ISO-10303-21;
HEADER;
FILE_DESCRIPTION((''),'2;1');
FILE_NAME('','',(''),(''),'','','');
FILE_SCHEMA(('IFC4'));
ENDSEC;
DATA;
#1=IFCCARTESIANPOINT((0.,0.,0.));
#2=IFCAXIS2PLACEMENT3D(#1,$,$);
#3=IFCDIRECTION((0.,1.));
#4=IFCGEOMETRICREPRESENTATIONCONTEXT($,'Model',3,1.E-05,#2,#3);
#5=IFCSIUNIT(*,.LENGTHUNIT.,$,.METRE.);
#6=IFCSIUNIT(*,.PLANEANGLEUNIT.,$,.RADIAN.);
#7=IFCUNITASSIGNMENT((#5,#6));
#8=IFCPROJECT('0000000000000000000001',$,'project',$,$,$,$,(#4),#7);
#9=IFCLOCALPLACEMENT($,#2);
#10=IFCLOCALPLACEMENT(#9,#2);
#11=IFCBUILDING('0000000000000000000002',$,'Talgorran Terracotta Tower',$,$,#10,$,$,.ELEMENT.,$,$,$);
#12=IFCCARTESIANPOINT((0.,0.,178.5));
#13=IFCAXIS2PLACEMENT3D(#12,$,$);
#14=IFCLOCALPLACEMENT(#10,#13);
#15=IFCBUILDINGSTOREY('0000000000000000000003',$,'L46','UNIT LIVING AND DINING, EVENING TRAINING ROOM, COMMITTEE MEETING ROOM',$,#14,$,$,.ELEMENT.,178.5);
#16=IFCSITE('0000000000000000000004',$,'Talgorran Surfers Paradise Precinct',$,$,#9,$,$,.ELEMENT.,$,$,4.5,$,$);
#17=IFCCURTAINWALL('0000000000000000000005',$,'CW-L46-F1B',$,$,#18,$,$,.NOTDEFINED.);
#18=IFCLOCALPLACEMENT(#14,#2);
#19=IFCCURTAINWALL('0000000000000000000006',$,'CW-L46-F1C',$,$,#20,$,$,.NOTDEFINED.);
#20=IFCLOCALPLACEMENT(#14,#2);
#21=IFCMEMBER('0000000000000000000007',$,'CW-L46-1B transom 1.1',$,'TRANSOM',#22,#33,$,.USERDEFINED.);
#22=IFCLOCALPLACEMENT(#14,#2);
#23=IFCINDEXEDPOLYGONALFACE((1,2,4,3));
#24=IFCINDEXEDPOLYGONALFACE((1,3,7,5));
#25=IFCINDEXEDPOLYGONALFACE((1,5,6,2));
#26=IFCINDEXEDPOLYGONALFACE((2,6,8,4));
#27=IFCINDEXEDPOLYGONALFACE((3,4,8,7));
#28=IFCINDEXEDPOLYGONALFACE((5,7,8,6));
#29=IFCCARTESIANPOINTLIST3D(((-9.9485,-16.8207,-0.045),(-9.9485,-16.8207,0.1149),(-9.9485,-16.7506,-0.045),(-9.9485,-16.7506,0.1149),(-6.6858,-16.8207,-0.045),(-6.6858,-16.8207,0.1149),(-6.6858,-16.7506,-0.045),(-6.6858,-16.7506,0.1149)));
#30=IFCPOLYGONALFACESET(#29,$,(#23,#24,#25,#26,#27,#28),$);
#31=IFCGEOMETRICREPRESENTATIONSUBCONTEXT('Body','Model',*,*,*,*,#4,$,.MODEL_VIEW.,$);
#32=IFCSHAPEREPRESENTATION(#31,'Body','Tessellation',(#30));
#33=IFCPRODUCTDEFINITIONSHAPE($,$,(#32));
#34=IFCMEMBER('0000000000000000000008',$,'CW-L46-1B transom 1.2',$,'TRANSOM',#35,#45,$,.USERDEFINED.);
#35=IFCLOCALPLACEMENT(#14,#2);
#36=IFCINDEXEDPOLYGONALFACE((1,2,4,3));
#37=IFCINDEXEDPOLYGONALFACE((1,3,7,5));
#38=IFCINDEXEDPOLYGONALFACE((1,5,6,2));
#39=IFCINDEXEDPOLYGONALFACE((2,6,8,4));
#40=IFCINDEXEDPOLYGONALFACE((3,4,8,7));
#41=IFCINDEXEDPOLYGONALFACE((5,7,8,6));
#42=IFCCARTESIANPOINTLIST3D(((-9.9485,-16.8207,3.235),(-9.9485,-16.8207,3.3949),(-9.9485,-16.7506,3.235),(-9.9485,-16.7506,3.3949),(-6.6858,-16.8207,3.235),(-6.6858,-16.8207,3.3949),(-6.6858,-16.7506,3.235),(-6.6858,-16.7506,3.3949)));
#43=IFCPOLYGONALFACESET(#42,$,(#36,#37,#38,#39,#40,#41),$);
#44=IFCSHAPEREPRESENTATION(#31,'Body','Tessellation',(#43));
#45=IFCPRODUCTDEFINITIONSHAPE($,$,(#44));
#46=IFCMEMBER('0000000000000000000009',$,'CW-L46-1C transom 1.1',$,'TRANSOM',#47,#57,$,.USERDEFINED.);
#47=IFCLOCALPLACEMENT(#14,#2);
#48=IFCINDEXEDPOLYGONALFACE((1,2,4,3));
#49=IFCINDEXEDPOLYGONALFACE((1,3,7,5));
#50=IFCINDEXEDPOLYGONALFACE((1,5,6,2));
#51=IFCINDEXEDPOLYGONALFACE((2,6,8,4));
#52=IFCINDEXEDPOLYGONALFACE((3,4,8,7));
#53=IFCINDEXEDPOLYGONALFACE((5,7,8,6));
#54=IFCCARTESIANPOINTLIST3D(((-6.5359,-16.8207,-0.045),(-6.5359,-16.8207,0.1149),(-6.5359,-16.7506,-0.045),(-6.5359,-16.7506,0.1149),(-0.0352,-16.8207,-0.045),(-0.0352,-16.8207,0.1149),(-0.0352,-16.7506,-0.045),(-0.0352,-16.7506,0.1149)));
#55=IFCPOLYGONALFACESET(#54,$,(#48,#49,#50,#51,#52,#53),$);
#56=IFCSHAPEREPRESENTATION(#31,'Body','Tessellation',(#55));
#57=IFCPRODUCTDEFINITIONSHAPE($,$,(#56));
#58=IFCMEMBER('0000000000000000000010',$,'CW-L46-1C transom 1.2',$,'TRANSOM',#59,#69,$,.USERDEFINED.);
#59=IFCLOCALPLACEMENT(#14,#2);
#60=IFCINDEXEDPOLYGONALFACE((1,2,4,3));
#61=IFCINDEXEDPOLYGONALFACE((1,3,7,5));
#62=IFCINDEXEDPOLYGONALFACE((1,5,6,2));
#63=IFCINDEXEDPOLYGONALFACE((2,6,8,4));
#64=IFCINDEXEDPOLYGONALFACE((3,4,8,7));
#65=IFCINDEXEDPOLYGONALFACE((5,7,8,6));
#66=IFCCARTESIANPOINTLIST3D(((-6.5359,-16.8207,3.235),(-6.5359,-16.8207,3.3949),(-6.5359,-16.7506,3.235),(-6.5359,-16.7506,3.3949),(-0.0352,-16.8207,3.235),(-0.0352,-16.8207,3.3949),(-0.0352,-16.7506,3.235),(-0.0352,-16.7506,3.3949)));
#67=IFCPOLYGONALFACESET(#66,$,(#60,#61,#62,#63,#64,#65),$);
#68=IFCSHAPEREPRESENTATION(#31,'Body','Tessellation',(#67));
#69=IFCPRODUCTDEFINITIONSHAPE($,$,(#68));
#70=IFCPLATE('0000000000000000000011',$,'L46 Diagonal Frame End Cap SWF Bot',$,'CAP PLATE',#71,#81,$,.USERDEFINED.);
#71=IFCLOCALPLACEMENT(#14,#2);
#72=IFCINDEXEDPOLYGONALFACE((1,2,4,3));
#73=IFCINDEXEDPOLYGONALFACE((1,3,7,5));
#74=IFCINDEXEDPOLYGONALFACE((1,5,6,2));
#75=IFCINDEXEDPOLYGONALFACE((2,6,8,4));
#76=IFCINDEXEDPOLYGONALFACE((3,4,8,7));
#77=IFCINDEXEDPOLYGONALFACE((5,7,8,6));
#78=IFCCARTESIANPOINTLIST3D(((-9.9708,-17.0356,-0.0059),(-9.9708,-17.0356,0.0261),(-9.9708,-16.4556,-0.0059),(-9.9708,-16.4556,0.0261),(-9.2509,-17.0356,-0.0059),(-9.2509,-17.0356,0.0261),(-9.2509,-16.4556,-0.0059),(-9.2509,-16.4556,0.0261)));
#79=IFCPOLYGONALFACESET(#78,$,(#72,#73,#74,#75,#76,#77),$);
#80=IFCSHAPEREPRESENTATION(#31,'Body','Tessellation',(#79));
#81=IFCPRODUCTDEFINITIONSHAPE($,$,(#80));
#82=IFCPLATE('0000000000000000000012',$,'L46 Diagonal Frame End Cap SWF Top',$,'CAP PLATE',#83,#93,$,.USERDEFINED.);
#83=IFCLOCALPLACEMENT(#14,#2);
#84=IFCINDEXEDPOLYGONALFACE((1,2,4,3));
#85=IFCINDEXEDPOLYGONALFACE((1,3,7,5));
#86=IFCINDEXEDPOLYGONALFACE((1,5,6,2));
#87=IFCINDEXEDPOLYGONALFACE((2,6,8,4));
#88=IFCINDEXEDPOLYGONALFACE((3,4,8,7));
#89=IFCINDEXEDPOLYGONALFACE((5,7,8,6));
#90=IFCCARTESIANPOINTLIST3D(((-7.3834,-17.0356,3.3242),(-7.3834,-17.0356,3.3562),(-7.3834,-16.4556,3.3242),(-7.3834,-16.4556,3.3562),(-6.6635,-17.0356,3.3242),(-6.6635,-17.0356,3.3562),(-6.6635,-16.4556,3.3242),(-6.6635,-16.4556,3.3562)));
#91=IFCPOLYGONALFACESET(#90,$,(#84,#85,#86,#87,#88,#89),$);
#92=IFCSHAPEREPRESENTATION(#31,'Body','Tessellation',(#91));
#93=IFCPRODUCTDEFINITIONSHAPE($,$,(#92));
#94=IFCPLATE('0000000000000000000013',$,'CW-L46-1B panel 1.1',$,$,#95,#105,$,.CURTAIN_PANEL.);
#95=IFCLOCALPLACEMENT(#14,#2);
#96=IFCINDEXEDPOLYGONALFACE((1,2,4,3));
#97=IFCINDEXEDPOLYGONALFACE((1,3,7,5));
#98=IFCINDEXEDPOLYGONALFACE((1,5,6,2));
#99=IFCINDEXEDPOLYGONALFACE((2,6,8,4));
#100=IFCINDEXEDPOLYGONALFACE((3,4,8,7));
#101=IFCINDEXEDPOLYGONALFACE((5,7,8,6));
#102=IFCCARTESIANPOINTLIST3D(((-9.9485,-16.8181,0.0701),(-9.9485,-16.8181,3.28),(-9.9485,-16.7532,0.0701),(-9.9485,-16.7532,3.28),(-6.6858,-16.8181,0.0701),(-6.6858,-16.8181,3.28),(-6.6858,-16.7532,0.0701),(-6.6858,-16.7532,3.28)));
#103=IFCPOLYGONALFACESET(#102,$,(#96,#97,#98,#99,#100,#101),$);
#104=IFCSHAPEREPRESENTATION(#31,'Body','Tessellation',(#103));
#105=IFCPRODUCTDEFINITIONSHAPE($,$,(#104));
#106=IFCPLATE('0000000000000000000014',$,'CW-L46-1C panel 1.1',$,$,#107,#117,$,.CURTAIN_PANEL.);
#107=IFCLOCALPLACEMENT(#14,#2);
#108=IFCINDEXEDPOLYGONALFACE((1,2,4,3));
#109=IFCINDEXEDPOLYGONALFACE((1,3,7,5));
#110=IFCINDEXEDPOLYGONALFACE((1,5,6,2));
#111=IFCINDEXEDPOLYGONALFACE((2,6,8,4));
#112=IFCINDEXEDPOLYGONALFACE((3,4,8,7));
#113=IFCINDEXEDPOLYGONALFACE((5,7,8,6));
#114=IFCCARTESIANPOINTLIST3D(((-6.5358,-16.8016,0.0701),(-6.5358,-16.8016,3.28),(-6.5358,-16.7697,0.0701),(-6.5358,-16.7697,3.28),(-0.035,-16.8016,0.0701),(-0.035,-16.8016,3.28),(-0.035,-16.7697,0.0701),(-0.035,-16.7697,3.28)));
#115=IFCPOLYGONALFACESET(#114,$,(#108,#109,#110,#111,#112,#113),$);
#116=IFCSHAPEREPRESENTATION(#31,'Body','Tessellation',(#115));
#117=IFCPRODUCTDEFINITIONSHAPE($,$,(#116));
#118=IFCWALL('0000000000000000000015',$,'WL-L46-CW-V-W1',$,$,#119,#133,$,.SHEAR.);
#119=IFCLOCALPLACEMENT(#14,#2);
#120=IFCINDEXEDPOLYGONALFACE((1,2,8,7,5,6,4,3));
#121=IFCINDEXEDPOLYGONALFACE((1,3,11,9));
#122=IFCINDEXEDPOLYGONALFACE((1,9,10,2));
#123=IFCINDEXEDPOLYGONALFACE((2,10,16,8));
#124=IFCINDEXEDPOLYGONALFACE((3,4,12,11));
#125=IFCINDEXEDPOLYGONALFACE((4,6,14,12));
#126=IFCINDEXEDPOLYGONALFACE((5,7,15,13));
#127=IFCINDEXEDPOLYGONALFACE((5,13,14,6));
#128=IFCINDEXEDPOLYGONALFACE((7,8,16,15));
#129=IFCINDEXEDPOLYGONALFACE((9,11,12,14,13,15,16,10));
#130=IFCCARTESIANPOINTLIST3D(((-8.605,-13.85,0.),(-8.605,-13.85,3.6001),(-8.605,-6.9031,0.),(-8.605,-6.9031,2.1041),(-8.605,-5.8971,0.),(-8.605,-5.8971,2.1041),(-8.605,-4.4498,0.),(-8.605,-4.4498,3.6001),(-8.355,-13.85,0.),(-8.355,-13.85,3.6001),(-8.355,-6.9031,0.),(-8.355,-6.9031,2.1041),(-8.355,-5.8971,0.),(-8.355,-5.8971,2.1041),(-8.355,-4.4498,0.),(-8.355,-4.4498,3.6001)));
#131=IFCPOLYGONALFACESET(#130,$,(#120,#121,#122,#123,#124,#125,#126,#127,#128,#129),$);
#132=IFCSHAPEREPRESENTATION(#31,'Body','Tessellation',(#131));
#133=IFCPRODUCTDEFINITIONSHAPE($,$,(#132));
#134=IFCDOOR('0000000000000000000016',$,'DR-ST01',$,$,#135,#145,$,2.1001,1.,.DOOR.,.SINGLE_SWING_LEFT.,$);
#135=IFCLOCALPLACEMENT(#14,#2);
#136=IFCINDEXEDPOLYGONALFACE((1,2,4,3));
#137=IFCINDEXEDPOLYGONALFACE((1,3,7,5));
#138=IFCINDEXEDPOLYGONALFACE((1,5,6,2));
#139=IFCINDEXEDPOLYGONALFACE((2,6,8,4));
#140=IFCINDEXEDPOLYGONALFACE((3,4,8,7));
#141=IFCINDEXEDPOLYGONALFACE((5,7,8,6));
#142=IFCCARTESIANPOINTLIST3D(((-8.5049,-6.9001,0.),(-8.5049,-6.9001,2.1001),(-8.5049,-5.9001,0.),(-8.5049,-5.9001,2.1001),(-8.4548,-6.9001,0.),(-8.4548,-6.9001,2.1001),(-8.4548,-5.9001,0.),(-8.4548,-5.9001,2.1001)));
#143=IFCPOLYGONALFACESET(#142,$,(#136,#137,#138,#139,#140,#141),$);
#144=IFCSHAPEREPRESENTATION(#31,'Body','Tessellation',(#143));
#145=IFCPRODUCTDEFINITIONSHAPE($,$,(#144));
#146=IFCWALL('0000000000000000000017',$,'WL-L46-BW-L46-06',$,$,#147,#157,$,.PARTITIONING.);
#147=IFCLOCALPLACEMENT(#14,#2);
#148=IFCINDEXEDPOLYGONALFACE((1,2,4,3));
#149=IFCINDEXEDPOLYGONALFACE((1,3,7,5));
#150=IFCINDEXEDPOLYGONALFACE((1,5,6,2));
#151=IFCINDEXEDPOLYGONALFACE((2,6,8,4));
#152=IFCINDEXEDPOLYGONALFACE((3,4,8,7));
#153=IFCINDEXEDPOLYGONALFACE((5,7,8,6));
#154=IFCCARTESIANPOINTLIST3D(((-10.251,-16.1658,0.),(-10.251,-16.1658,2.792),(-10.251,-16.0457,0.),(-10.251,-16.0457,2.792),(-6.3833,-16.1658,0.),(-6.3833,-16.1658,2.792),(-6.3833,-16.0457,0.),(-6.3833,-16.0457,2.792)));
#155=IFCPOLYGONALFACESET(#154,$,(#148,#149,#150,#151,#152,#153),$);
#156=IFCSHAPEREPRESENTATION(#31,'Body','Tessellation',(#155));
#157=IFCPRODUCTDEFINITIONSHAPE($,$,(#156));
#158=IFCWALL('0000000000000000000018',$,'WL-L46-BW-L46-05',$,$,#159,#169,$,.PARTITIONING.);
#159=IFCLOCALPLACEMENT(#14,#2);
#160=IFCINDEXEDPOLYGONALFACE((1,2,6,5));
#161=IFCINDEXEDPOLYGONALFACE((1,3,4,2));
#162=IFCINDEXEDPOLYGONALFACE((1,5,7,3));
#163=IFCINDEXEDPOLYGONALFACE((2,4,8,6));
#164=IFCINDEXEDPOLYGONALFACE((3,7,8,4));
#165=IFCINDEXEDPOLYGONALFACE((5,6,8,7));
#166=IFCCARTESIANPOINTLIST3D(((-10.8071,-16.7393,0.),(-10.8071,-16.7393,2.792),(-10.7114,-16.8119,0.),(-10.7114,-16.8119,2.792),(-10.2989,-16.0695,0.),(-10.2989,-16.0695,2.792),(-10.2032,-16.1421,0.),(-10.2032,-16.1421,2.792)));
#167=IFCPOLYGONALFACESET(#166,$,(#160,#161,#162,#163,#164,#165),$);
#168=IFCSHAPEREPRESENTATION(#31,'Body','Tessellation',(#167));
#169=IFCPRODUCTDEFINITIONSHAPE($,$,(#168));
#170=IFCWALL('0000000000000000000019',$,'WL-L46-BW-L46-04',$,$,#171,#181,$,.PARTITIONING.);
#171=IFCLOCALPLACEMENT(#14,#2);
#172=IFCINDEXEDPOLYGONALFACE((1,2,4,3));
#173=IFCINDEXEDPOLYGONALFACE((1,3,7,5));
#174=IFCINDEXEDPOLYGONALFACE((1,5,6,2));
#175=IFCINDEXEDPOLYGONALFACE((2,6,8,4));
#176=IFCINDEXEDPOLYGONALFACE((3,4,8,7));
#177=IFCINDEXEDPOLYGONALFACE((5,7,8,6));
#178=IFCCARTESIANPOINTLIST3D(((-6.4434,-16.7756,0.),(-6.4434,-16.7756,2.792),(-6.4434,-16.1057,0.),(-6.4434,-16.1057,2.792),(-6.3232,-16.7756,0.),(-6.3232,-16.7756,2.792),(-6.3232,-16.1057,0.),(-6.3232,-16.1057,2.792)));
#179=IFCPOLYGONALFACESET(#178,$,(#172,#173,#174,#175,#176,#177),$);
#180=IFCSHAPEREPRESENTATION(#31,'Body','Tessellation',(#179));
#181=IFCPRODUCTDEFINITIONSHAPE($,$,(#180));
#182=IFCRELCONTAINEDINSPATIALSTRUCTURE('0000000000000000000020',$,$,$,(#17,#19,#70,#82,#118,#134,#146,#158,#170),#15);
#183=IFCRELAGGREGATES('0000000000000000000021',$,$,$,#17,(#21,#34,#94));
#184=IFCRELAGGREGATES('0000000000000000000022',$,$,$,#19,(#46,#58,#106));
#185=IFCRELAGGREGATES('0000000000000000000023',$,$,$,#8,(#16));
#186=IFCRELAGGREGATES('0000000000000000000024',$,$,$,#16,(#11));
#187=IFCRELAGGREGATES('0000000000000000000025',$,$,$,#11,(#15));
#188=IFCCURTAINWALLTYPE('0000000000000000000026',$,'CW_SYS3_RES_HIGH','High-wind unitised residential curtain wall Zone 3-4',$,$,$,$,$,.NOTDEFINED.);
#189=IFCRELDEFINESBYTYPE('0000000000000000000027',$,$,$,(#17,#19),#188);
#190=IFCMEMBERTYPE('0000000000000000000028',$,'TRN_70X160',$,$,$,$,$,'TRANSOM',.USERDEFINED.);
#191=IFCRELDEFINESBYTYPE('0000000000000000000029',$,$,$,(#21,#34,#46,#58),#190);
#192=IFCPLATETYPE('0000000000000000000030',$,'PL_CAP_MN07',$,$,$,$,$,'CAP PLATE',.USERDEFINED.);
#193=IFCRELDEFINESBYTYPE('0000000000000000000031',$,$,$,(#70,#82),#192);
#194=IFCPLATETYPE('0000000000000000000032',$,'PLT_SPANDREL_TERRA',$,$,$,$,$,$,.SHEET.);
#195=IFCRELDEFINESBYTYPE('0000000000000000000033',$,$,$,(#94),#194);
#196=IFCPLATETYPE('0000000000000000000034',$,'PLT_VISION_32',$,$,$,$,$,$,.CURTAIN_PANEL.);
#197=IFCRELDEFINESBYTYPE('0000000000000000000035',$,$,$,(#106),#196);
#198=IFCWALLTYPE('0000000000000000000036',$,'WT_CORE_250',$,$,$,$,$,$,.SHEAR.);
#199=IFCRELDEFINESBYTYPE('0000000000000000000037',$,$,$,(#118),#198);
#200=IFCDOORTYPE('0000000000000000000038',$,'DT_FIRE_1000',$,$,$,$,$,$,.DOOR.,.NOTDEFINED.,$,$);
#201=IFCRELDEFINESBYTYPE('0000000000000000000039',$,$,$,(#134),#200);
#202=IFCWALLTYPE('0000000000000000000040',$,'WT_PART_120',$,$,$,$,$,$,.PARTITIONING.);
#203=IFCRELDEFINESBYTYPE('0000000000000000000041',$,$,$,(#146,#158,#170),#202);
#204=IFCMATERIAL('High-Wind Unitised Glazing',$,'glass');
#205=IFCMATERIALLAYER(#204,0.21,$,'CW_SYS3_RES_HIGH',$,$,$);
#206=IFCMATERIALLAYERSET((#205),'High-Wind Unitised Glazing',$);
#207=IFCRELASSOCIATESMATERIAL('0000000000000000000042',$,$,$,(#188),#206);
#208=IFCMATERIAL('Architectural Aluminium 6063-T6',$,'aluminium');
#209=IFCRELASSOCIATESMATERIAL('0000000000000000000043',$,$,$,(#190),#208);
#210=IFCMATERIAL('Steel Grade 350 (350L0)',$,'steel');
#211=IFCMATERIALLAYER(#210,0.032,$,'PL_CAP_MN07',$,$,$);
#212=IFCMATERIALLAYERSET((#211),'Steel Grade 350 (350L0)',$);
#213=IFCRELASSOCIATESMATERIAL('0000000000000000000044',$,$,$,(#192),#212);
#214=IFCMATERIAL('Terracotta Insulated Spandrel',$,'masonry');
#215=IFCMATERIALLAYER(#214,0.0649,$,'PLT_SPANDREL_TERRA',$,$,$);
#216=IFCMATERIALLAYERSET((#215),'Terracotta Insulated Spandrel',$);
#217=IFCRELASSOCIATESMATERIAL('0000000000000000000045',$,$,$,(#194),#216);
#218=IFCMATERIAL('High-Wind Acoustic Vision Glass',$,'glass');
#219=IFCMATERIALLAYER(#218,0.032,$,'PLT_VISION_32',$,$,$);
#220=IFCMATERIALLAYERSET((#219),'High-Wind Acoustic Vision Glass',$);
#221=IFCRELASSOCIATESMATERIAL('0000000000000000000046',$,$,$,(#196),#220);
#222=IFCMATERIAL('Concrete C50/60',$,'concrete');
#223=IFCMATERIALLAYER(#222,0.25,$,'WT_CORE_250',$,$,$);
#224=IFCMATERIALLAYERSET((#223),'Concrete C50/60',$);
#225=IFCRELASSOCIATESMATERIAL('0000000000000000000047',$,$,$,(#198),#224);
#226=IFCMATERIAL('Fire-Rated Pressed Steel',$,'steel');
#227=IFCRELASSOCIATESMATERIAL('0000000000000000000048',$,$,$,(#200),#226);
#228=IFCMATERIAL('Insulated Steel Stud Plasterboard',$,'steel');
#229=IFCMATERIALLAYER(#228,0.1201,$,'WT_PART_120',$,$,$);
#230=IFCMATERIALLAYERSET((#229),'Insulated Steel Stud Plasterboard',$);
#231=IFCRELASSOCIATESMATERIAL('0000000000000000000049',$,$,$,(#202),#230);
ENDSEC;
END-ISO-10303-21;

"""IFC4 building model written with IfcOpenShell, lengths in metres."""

from ifc_helpers import new_model, si_unit, direction, frame, frame_2d, origin, origin_2d, place, context, subcontext, project, spatial, rectangle, extrude, source, transform, mapped, material, layer, layer_set, material_profile, profile_set, type_object, type_shapes, element, fill, aggregate, save


model = new_model("IFC4")

# Units and contexts
model_context = context("Model", 3, precision=1e-05, world=origin(), true_north=direction((0.0, 1.0)))
body_context = subcontext(model_context, "Body", "Model", "MODEL_VIEW")
ifc_project = project(units=[si_unit("LENGTHUNIT", "METRE"), si_unit("PLANEANGLEUNIT", "RADIAN")], contexts=[model_context])

# Site, building, storey
site_placement = place(None, origin())
site = spatial("IfcSite", under=ifc_project, at=site_placement, Name="Talgorran Surfers Paradise Precinct", CompositionType="ELEMENT", RefElevation=4.5)
building_placement = place(site_placement, origin())
building = spatial("IfcBuilding", under=site, at=building_placement, Name="Talgorran Terracotta Tower", CompositionType="ELEMENT")
storey_placement = place(building_placement, frame((0.0, 0.0, 178.5)))
storey = spatial("IfcBuildingStorey", under=building, at=storey_placement, Name="L46", Description="UNIT LIVING AND DINING, EVENING TRAINING ROOM, COMMITTEE MEETING ROOM", CompositionType="ELEMENT", Elevation=178.5)

# Shared definitions
ifc_material_1 = material(Name="Steel Grade 350 (350L0)", Category="steel")

# Shared definitions
ifc_material_2 = material(Name="High-Wind Unitised Glazing", Category="glass")
ifc_layer_1 = layer(ifc_material_2, 0.21, Name="CW_SYS3_RES_HIGH")
ifc_layer_set_1 = layer_set([ifc_layer_1], Name="High-Wind Unitised Glazing")
curtain_wall_type = type_object("IfcCurtainWallType", Name="CW_SYS3_RES_HIGH", Description="High-wind unitised residential curtain wall Zone 3-4", PredefinedType="NOTDEFINED", material=ifc_layer_set_1)
ifc_material_3 = material(Name="Architectural Aluminium 6063-T6", Category="aluminium")

# Curtain wall
curtain_wall_1_placement = place(storey_placement, origin())
curtain_wall_1 = element("IfcCurtainWall", 1, at=curtain_wall_1_placement, inside=storey, type_object=curtain_wall_type, Name="CW-L46-F1B", PredefinedType="NOTDEFINED")

# Curtain wall
curtain_wall_2_placement = place(storey_placement, origin())
curtain_wall_2 = element("IfcCurtainWall", 2, at=curtain_wall_2_placement, inside=storey, type_object=curtain_wall_type, Name="CW-L46-F1C", PredefinedType="NOTDEFINED")

# Members
ifc_material_profile_1 = material_profile(ifc_material_3, rectangle(XDim=0.0701, YDim=0.1599, at=origin_2d()), Name="CWT70X160")
ifc_profile_set_1 = profile_set([ifc_material_profile_1], Name="Architectural Aluminium 6063-T6")
member_type_1 = type_object("IfcMemberType", Name="TRN_70X160", ElementType="TRANSOM", PredefinedType="USERDEFINED", material=ifc_profile_set_1)
member_1_placement = place(storey_placement, frame((-9.9485, -16.7856, 0.0349), z_axis=(1.0, 0.0, 0.0), x_axis=(0.0, 1.0, 0.0)))
member_1 = element("IfcMember", 3, at=member_1_placement, type_object=member_type_1, Name="CW-L46-1B transom 1.1", ObjectType="TRANSOM", PredefinedType="USERDEFINED", context=body_context, shape_type="SweptSolid", body=[
    extrude(rectangle(XDim=0.0701, YDim=0.1599, at=origin_2d()), origin(), (0.0, 0.0, 1.0), 3.2627),
])
member_2_placement = place(storey_placement, frame((-9.9485, -16.7856, 3.3149), z_axis=(1.0, 0.0, 0.0), x_axis=(0.0, 1.0, 0.0)))
member_2 = element("IfcMember", 4, at=member_2_placement, type_object=member_type_1, Name="CW-L46-1B transom 1.2", ObjectType="TRANSOM", PredefinedType="USERDEFINED", context=body_context, shape_type="SweptSolid", body=[
    extrude(rectangle(XDim=0.0701, YDim=0.1599, at=origin_2d()), origin(), (0.0, 0.0, 1.0), 3.2627),
])
member_3_placement = place(storey_placement, frame((-6.5359, -16.7856, 0.0349), z_axis=(1.0, 0.0, 0.0), x_axis=(0.0, 1.0, 0.0)))
member_3 = element("IfcMember", 5, at=member_3_placement, type_object=member_type_1, Name="CW-L46-1C transom 1.1", ObjectType="TRANSOM", PredefinedType="USERDEFINED", context=body_context, shape_type="SweptSolid", body=[
    extrude(rectangle(XDim=0.0701, YDim=0.1599, at=origin_2d()), origin(), (0.0, 0.0, 1.0), 6.5007),
])
member_4_placement = place(storey_placement, frame((-6.5359, -16.7856, 3.3149), z_axis=(1.0, 0.0, 0.0), x_axis=(0.0, 1.0, 0.0)))
member_4 = element("IfcMember", 6, at=member_4_placement, type_object=member_type_1, Name="CW-L46-1C transom 1.2", ObjectType="TRANSOM", PredefinedType="USERDEFINED", context=body_context, shape_type="SweptSolid", body=[
    extrude(rectangle(XDim=0.0701, YDim=0.1599, at=origin_2d()), origin(), (0.0, 0.0, 1.0), 6.5007),
])

# Plates
ifc_layer_2 = layer(ifc_material_1, 0.032, Name="PL_CAP_MN07")
ifc_layer_set_2 = layer_set([ifc_layer_2], Name="Steel Grade 350 (350L0)")
plate_type_1 = type_object("IfcPlateType", Name="PL_CAP_MN07", ElementType="CAP PLATE", PredefinedType="USERDEFINED", material=ifc_layer_set_2)
for number, where, z_axis, x_axis, name in (
    (7, (-9.6108, -16.7456, -0.0059), (0.0, 0.0, 1.0), (1.0, 0.0, 0.0), "L46 Diagonal Frame End Cap SWF Bot"),
    (8, (-7.0234, -16.7456, 3.3242), (0.0, 0.0, 1.0), (1.0, 0.0, 0.0), "L46 Diagonal Frame End Cap SWF Top"),
):
    element("IfcPlate", number, at=place(storey_placement, frame(where, z_axis=z_axis, x_axis=x_axis)), inside=storey, type_object=plate_type_1, Name=name, ObjectType="CAP PLATE", PredefinedType="USERDEFINED", context=body_context, shape_type="SweptSolid", body=[
        extrude(rectangle(XDim=0.72, YDim=0.5801, at=origin_2d()), origin(), (0.0, 0.0, 1.0), 0.032),
    ])

# Plates
ifc_material_4 = material(Name="Terracotta Insulated Spandrel", Category="masonry")
ifc_layer_3 = layer(ifc_material_4, 0.0649, Name="PLT_SPANDREL_TERRA")
ifc_layer_set_3 = layer_set([ifc_layer_3], Name="Terracotta Insulated Spandrel")
plate_type_2 = type_object("IfcPlateType", Name="PLT_SPANDREL_TERRA", PredefinedType="SHEET", material=ifc_layer_set_3)
shared_shape_1 = source(origin(), body_context, "Body", "SweptSolid", [
    extrude(rectangle(XDim=3.2627, YDim=0.0649, at=origin_2d()), origin(), (0.0, 0.0, 1.0), 3.21),
])
type_shapes(plate_type_2, [shared_shape_1])
plate_1_placement = place(storey_placement, frame((-8.3171, -16.7856, 0.0701), z_axis=(0.0, 0.0, 1.0), x_axis=(1.0, 0.0, 0.0)))
plate_1 = element("IfcPlate", 9, at=plate_1_placement, type_object=plate_type_2, Name="CW-L46-1B panel 1.1", PredefinedType="CURTAIN_PANEL", context=body_context, shape_type="MappedRepresentation", body=[
    mapped(shared_shape_1, transform((0.0, 0.0, 0.0), scale=1.0)),
])
aggregate(curtain_wall_1, [member_1, member_2, plate_1])
ifc_material_5 = material(Name="High-Wind Acoustic Vision Glass", Category="glass")
ifc_layer_4 = layer(ifc_material_5, 0.032, Name="PLT_VISION_32")
ifc_layer_set_4 = layer_set([ifc_layer_4], Name="High-Wind Acoustic Vision Glass")
plate_type_3 = type_object("IfcPlateType", Name="PLT_VISION_32", PredefinedType="CURTAIN_PANEL", material=ifc_layer_set_4)
shared_shape_2 = source(origin(), body_context, "Body", "SweptSolid", [
    extrude(rectangle(XDim=6.5007, YDim=0.032, at=origin_2d()), origin(), (0.0, 0.0, 1.0), 3.21),
])
type_shapes(plate_type_3, [shared_shape_2])
plate_2_placement = place(storey_placement, frame((-3.2854, -16.7856, 0.0701), z_axis=(0.0, 0.0, 1.0), x_axis=(1.0, 0.0, 0.0)))
plate_2 = element("IfcPlate", 10, at=plate_2_placement, type_object=plate_type_3, Name="CW-L46-1C panel 1.1", PredefinedType="CURTAIN_PANEL", context=body_context, shape_type="MappedRepresentation", body=[
    mapped(shared_shape_2, transform((0.0, 0.0, 0.0), scale=1.0)),
])
aggregate(curtain_wall_2, [member_3, member_4, plate_2])

# Wall, opening, door
ifc_material_6 = material(Name="Concrete C50/60", Category="concrete")
ifc_layer_5 = layer(ifc_material_6, 0.25, Name="WT_CORE_250")
ifc_layer_set_5 = layer_set([ifc_layer_5], Name="Concrete C50/60")
wall_type_1 = type_object("IfcWallType", Name="WT_CORE_250", PredefinedType="SHEAR", material=ifc_layer_set_5)
wall_1_placement = place(storey_placement, frame((-8.48, -13.8501, 0.0), z_axis=(0.0, 0.0, 1.0), x_axis=(0.0, 1.0, 0.0)))
wall_1 = element("IfcWall", 11, at=wall_1_placement, inside=storey, type_object=wall_type_1, Name="WL-L46-CW-V-W1", PredefinedType="SHEAR", context=body_context, shape_type="SweptSolid", body=[
    extrude(rectangle(XDim=9.4001, YDim=0.25, at=frame_2d((4.7002, 0.0))), origin(), (0.0, 0.0, 1.0), 3.6001),
])
opening_placement = place(wall_1_placement, frame((6.95, 0.0, 0.0)))
opening = element("IfcOpeningElement", 12, at=opening_placement, cuts=wall_1, PredefinedType="OPENING", context=body_context, shape_type="SweptSolid", body=[
    extrude(rectangle(XDim=1.006, YDim=2.1041, at=frame_2d((0.5, 1.052))), frame((0.0, 0.135, 0.0), z_axis=(0.0, -1.0, 0.0), x_axis=(1.0, 0.0, 0.0)), (0.0, 0.0, 1.0), 0.27),
])
ifc_material_7 = material(Name="Fire-Rated Pressed Steel", Category="steel")
door_type = type_object("IfcDoorType", Name="DT_FIRE_1000", OperationType="NOTDEFINED", PredefinedType="DOOR", material=ifc_material_7)
door_placement = place(opening_placement, origin())
door = element("IfcDoor", 13, at=door_placement, inside=storey, type_object=door_type, Name="DR-ST01", OperationType="SINGLE_SWING_LEFT", OverallHeight=2.1001, OverallWidth=1.0, PredefinedType="DOOR", context=body_context, shape_type="SweptSolid", body=[
    extrude(rectangle(XDim=1.0, YDim=2.1001, at=frame_2d((0.5, 1.05))), frame((0.0, 0.0249, 0.0), z_axis=(0.0, -1.0, 0.0), x_axis=(1.0, 0.0, 0.0)), (0.0, 0.0, 1.0), 0.05),
])
fill(opening, door)

# Walls
ifc_material_8 = material(Name="Insulated Steel Stud Plasterboard", Category="steel")
ifc_layer_6 = layer(ifc_material_8, 0.1201, Name="WT_PART_120")
ifc_layer_set_6 = layer_set([ifc_layer_6], Name="Insulated Steel Stud Plasterboard")
wall_type_2 = type_object("IfcWallType", Name="WT_PART_120", PredefinedType="PARTITIONING", material=ifc_layer_set_6)
wall_2_placement = place(storey_placement, frame((-10.251, -16.1057, 0.0), z_axis=(0.0, 0.0, 1.0), x_axis=(1.0, 0.0, 0.0)))
element("IfcWall", 14, at=wall_2_placement, inside=storey, type_object=wall_type_2, Name="WL-L46-BW-L46-06", PredefinedType="PARTITIONING", context=body_context, shape_type="SweptSolid", body=[
    extrude(rectangle(XDim=3.8677, YDim=0.1201, at=frame_2d((1.9338, 0.0))), origin(), (0.0, 0.0, 1.0), 2.792),
])
wall_3_placement = place(storey_placement, frame((-10.7593, -16.7756, 0.0), z_axis=(0.0, 0.0, 1.0), x_axis=(0.60445, 0.796643, 0.0)))
element("IfcWall", 15, at=wall_3_placement, inside=storey, type_object=wall_type_2, Name="WL-L46-BW-L46-05", PredefinedType="PARTITIONING", context=body_context, shape_type="SweptSolid", body=[
    extrude(rectangle(XDim=0.8408, YDim=0.1201, at=frame_2d((0.4204, 0.0))), origin(), (0.0, 0.0, 1.0), 2.792),
])
wall_4_placement = place(storey_placement, frame((-6.3833, -16.1057, 0.0), z_axis=(0.0, 0.0, 1.0), x_axis=(0.0, -1.0, 0.0)))
element("IfcWall", 16, at=wall_4_placement, inside=storey, type_object=wall_type_2, Name="WL-L46-BW-L46-04", PredefinedType="PARTITIONING", context=body_context, shape_type="SweptSolid", body=[
    extrude(rectangle(XDim=0.6699, YDim=0.1201, at=frame_2d((0.335, 0.0))), origin(), (0.0, 0.0, 1.0), 2.792),
])

save(model, "model.ifc")
